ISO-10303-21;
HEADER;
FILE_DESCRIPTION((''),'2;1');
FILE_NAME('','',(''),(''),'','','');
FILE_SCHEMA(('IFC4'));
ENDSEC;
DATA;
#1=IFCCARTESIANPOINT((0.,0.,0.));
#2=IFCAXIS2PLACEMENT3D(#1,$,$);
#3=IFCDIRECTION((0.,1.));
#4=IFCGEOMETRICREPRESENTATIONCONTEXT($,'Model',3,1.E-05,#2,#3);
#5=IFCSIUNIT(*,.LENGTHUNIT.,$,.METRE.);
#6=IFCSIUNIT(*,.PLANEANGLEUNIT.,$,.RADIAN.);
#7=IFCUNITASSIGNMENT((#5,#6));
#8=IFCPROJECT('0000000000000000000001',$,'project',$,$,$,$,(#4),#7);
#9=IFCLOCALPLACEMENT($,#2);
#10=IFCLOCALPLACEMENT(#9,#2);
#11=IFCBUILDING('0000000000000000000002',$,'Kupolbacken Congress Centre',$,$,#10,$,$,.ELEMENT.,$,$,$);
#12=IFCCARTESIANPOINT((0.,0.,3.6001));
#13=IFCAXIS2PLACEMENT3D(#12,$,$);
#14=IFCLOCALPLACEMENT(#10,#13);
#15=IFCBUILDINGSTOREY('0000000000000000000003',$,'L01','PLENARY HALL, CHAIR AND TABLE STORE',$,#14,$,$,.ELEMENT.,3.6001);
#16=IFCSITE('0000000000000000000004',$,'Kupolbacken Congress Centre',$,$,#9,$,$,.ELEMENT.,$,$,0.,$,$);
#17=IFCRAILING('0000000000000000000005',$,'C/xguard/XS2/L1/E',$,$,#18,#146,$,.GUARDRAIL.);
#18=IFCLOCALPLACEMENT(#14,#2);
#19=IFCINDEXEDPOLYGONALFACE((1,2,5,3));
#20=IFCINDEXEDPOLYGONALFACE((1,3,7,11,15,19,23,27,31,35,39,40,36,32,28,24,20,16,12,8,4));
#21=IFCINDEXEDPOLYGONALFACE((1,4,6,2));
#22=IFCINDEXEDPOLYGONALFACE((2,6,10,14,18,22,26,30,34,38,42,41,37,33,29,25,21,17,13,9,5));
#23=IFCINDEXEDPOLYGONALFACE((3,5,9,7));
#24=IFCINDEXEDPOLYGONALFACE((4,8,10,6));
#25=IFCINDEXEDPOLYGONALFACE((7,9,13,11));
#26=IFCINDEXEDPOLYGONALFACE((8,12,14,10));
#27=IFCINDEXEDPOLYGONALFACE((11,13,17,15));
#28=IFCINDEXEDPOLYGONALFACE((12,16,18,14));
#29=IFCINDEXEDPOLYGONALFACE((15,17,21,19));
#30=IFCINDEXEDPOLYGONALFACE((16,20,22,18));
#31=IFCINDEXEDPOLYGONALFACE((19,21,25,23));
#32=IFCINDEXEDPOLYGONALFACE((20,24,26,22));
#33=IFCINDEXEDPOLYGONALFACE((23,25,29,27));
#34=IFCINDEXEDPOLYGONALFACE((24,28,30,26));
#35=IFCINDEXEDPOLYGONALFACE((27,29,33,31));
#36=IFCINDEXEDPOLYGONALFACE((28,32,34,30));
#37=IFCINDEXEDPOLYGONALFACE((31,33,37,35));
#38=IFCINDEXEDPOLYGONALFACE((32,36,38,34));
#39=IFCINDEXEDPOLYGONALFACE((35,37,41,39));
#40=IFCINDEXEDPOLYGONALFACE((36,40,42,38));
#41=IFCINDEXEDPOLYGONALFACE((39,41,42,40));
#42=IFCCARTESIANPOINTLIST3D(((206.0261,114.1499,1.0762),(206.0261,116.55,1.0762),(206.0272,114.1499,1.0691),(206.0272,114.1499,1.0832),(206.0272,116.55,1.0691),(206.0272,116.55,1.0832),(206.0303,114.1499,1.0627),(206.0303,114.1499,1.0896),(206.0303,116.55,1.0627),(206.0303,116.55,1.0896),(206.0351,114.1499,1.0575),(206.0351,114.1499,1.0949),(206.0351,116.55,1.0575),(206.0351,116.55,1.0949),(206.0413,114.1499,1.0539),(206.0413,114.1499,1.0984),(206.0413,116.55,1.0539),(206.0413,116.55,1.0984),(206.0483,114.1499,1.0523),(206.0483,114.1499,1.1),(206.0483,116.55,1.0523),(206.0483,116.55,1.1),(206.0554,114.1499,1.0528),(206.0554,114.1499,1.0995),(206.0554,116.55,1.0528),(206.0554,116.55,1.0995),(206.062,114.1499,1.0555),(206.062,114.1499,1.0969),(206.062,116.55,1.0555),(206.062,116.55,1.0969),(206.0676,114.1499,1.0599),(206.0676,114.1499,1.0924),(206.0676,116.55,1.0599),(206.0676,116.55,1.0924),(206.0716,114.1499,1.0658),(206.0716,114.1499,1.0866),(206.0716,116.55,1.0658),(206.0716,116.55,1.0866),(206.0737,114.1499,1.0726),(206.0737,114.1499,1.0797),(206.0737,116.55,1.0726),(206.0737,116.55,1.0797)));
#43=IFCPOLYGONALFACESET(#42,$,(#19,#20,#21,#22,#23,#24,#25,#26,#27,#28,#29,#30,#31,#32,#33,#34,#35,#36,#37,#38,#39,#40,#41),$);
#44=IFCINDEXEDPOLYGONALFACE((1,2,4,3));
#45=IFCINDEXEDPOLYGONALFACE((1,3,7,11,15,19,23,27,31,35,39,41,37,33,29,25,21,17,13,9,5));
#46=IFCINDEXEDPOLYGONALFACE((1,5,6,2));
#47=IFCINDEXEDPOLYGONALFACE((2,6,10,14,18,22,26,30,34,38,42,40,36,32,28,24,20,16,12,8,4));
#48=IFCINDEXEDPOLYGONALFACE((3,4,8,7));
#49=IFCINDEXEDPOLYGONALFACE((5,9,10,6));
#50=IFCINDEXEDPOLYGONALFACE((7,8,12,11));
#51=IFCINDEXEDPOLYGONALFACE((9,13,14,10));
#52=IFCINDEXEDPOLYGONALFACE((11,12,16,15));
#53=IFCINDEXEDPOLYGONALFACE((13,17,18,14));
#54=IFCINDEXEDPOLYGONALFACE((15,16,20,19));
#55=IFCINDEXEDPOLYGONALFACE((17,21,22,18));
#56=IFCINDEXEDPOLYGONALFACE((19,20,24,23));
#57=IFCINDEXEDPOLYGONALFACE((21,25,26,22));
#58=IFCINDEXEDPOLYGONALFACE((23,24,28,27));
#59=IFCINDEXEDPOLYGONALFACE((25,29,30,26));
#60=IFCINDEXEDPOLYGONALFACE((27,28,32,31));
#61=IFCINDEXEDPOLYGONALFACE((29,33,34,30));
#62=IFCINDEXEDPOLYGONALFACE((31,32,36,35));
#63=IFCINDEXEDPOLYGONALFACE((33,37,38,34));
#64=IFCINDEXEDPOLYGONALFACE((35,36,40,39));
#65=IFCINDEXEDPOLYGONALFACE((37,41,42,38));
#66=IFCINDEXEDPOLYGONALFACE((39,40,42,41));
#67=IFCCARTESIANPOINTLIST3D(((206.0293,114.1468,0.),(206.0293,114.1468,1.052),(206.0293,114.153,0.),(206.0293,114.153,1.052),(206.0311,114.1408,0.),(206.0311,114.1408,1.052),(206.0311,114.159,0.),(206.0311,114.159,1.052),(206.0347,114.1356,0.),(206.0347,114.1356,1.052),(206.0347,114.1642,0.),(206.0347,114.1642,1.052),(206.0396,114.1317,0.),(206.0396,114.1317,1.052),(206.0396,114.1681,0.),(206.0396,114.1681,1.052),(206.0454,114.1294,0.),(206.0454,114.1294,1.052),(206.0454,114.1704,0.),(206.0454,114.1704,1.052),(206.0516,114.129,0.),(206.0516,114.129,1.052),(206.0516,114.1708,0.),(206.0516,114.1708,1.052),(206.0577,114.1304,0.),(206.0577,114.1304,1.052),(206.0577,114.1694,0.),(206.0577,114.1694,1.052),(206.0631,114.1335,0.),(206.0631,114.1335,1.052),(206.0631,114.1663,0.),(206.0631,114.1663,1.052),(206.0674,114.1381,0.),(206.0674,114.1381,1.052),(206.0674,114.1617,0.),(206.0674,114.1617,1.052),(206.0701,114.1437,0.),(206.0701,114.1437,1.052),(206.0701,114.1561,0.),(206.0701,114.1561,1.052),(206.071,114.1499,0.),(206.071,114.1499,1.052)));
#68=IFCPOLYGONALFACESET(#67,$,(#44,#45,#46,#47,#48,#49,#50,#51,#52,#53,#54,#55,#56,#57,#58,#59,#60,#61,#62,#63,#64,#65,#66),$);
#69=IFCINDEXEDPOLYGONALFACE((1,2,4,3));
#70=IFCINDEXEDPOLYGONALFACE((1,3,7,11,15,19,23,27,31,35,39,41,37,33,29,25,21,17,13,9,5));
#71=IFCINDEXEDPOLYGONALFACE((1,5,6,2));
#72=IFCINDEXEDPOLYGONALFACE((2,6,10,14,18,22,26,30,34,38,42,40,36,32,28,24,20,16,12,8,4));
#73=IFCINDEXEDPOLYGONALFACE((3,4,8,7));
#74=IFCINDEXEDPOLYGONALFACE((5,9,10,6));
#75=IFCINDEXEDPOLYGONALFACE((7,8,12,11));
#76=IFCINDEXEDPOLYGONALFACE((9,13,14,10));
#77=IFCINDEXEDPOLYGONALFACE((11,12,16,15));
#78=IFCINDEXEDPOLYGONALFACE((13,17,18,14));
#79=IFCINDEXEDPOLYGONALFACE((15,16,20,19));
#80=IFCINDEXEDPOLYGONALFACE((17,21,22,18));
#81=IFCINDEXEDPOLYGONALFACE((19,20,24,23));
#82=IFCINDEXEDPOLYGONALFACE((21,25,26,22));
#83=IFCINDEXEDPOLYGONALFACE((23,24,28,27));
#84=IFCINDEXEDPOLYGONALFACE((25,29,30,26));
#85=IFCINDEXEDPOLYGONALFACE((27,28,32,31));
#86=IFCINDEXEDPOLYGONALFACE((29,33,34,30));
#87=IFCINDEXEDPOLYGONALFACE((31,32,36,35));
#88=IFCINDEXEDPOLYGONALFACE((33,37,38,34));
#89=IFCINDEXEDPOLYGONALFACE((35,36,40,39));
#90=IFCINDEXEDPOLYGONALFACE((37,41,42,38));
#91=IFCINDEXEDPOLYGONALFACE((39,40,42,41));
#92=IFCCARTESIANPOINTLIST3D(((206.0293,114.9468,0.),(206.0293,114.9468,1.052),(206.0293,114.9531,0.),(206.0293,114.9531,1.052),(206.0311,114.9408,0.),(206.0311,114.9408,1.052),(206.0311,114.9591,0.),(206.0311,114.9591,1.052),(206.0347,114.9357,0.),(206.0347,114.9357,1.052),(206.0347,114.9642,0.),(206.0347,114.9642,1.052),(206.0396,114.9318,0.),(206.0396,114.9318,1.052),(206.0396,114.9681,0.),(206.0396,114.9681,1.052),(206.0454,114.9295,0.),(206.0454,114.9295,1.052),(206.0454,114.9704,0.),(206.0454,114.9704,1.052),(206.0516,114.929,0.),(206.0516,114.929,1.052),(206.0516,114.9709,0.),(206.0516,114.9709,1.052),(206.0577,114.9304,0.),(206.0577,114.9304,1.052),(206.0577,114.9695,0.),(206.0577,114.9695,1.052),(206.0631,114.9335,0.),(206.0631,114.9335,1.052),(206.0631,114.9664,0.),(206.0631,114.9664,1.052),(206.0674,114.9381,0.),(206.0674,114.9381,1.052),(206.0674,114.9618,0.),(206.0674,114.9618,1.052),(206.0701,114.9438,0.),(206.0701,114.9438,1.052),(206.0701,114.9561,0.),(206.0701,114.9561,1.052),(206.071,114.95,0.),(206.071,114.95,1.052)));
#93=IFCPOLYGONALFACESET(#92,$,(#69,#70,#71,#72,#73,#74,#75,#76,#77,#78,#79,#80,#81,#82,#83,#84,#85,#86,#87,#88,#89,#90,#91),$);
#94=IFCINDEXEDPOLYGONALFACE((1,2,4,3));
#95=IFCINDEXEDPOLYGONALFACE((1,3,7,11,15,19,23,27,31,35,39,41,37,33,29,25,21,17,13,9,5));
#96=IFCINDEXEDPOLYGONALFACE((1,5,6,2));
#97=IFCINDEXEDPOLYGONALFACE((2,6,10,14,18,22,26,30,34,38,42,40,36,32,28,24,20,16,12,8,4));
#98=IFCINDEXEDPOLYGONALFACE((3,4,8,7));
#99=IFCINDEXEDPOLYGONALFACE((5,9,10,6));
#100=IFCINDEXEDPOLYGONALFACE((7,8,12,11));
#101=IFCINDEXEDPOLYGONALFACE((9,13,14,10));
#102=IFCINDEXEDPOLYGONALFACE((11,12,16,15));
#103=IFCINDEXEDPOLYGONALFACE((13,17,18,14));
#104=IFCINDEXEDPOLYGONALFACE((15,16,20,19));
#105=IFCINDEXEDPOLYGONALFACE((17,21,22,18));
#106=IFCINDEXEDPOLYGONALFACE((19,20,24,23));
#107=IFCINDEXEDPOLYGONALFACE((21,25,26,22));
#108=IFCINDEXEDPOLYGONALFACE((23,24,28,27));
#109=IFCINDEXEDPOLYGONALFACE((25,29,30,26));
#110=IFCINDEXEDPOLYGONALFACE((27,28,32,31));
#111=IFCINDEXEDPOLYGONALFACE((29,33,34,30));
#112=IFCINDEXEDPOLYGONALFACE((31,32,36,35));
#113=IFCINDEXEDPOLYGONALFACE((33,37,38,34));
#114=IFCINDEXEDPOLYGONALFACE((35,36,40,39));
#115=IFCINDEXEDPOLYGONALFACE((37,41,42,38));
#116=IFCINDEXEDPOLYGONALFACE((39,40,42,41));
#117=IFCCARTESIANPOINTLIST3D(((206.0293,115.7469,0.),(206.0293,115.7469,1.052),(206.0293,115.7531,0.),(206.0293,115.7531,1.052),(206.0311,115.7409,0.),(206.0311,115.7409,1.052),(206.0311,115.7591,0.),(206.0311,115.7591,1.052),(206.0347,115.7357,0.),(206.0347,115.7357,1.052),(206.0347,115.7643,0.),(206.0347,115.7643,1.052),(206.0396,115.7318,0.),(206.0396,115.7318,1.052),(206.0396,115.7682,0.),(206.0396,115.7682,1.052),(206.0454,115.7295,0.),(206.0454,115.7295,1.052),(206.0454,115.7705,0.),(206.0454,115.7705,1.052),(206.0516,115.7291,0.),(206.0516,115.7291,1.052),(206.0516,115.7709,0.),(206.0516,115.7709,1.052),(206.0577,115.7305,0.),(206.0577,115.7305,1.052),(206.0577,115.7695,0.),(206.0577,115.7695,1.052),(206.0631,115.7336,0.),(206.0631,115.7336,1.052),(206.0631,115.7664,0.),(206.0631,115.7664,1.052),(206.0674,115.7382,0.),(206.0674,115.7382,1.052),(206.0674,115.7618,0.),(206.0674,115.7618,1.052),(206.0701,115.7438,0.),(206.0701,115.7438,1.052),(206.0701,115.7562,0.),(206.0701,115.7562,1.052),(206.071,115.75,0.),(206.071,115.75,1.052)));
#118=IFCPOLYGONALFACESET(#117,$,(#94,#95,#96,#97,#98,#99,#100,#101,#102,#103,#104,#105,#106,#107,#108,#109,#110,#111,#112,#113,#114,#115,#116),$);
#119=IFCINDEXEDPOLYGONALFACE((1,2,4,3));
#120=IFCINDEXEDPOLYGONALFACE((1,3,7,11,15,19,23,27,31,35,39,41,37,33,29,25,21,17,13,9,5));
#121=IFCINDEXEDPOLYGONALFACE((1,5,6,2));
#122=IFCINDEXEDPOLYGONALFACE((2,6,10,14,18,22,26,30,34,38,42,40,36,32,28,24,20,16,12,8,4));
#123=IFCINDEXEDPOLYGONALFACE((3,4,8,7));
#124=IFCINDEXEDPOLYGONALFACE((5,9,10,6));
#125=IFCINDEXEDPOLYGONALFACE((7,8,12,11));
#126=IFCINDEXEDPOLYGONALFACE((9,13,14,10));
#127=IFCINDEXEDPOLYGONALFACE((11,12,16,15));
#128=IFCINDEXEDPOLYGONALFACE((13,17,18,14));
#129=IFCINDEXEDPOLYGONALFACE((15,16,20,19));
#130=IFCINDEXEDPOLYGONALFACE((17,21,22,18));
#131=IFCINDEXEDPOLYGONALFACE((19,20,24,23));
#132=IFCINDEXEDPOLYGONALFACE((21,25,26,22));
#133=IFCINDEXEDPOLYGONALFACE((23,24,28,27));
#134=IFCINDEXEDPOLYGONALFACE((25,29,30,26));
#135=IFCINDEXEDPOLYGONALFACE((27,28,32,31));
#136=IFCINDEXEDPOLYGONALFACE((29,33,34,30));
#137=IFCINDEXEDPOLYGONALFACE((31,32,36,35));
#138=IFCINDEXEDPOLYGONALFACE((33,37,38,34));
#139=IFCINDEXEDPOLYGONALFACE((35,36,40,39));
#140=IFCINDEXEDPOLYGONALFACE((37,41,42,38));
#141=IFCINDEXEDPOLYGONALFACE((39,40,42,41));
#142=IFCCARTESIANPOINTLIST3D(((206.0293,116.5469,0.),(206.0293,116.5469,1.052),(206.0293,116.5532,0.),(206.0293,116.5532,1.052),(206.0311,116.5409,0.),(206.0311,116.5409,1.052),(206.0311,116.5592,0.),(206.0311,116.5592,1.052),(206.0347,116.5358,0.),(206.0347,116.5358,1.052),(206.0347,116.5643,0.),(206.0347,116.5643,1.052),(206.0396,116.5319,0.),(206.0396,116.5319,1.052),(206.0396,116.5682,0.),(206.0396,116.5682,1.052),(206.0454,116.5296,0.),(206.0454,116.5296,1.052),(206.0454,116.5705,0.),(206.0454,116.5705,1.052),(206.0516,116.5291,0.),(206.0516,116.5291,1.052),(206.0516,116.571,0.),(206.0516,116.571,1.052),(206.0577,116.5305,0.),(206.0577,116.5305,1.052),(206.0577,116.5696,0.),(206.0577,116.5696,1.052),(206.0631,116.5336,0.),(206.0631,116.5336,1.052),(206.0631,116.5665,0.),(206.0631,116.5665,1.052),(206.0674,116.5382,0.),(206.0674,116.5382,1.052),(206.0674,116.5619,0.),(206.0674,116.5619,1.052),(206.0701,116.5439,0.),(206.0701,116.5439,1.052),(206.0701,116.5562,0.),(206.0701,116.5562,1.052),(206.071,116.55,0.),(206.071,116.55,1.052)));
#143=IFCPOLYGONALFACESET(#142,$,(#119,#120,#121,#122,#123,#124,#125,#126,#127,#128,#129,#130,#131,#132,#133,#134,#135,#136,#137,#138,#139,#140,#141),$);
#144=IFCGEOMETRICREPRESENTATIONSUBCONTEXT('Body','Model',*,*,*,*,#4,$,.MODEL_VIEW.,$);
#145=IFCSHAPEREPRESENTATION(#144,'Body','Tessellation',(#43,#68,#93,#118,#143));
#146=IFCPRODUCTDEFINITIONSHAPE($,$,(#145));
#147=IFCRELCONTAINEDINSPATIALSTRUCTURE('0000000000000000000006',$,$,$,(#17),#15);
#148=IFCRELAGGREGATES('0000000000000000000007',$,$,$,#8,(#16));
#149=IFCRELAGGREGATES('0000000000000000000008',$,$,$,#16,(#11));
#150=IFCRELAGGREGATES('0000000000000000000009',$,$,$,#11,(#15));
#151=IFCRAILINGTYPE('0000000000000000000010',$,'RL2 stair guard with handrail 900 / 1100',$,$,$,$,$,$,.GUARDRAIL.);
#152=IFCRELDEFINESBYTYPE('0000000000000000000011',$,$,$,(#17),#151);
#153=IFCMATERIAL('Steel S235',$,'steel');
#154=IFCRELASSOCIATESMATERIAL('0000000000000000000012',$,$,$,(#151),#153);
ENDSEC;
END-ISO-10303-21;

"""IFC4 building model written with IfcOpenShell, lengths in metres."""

from ifc_helpers import new_model, si_unit, direction, frame, origin, origin_2d, place, context, subcontext, project, spatial, circle, extrude, material, type_object, element, save


model = new_model("IFC4")

# Units and contexts
model_context = context("Model", 3, precision=1e-05, world=origin(), true_north=direction((0.0, 1.0)))
body_context = subcontext(model_context, "Body", "Model", "MODEL_VIEW")
ifc_project = project(units=[si_unit("LENGTHUNIT", "METRE"), si_unit("PLANEANGLEUNIT", "RADIAN")], contexts=[model_context])

# Site, building, storey
site_placement = place(None, origin())
site = spatial("IfcSite", under=ifc_project, at=site_placement, Name="Kupolbacken Congress Centre", CompositionType="ELEMENT", RefElevation=0.0)
building_placement = place(site_placement, origin())
building = spatial("IfcBuilding", under=site, at=building_placement, Name="Kupolbacken Congress Centre", CompositionType="ELEMENT")
storey_placement = place(building_placement, frame((0.0, 0.0, 3.6001)))
storey = spatial("IfcBuildingStorey", under=building, at=storey_placement, Name="L01", Description="PLENARY HALL, CHAIR AND TABLE STORE", CompositionType="ELEMENT", Elevation=3.6001)

# Railing
ifc_material_1 = material(Name="Steel S235", Category="steel")
railing_type = type_object("IfcRailingType", Name="RL2 stair guard with handrail 900 / 1100", PredefinedType="GUARDRAIL", material=ifc_material_1)
for number, where, name in (
    (1, (206.05, 114.1499, 0.0), "C/xguard/XS2/L1/E"),
):
    element("IfcRailing", number, at=place(storey_placement, frame(where)), inside=storey, type_object=railing_type, Name=name, PredefinedType="GUARDRAIL", context=body_context, shape_type="SweptSolid", body=[
        extrude(circle(Radius=0.0239, at=origin_2d()), frame((0.0, 0.0, 1.0762), z_axis=(0.0, 1.0, 0.0), x_axis=(-1.0, 0.0, 0.0)), (0.0, 0.0, 1.0), 2.4001),
        extrude(circle(Radius=0.021, at=origin_2d()), origin(), (0.0, 0.0, 1.0), 1.052),
        extrude(circle(Radius=0.021, at=origin_2d()), frame((0.0, 0.8, 0.0)), (0.0, 0.0, 1.0), 1.052),
        extrude(circle(Radius=0.021, at=origin_2d()), frame((0.0, 1.6001, 0.0)), (0.0, 0.0, 1.0), 1.052),
        extrude(circle(Radius=0.021, at=origin_2d()), frame((0.0, 2.4001, 0.0)), (0.0, 0.0, 1.0), 1.052),
    ])

save(model, "model.ifc")
